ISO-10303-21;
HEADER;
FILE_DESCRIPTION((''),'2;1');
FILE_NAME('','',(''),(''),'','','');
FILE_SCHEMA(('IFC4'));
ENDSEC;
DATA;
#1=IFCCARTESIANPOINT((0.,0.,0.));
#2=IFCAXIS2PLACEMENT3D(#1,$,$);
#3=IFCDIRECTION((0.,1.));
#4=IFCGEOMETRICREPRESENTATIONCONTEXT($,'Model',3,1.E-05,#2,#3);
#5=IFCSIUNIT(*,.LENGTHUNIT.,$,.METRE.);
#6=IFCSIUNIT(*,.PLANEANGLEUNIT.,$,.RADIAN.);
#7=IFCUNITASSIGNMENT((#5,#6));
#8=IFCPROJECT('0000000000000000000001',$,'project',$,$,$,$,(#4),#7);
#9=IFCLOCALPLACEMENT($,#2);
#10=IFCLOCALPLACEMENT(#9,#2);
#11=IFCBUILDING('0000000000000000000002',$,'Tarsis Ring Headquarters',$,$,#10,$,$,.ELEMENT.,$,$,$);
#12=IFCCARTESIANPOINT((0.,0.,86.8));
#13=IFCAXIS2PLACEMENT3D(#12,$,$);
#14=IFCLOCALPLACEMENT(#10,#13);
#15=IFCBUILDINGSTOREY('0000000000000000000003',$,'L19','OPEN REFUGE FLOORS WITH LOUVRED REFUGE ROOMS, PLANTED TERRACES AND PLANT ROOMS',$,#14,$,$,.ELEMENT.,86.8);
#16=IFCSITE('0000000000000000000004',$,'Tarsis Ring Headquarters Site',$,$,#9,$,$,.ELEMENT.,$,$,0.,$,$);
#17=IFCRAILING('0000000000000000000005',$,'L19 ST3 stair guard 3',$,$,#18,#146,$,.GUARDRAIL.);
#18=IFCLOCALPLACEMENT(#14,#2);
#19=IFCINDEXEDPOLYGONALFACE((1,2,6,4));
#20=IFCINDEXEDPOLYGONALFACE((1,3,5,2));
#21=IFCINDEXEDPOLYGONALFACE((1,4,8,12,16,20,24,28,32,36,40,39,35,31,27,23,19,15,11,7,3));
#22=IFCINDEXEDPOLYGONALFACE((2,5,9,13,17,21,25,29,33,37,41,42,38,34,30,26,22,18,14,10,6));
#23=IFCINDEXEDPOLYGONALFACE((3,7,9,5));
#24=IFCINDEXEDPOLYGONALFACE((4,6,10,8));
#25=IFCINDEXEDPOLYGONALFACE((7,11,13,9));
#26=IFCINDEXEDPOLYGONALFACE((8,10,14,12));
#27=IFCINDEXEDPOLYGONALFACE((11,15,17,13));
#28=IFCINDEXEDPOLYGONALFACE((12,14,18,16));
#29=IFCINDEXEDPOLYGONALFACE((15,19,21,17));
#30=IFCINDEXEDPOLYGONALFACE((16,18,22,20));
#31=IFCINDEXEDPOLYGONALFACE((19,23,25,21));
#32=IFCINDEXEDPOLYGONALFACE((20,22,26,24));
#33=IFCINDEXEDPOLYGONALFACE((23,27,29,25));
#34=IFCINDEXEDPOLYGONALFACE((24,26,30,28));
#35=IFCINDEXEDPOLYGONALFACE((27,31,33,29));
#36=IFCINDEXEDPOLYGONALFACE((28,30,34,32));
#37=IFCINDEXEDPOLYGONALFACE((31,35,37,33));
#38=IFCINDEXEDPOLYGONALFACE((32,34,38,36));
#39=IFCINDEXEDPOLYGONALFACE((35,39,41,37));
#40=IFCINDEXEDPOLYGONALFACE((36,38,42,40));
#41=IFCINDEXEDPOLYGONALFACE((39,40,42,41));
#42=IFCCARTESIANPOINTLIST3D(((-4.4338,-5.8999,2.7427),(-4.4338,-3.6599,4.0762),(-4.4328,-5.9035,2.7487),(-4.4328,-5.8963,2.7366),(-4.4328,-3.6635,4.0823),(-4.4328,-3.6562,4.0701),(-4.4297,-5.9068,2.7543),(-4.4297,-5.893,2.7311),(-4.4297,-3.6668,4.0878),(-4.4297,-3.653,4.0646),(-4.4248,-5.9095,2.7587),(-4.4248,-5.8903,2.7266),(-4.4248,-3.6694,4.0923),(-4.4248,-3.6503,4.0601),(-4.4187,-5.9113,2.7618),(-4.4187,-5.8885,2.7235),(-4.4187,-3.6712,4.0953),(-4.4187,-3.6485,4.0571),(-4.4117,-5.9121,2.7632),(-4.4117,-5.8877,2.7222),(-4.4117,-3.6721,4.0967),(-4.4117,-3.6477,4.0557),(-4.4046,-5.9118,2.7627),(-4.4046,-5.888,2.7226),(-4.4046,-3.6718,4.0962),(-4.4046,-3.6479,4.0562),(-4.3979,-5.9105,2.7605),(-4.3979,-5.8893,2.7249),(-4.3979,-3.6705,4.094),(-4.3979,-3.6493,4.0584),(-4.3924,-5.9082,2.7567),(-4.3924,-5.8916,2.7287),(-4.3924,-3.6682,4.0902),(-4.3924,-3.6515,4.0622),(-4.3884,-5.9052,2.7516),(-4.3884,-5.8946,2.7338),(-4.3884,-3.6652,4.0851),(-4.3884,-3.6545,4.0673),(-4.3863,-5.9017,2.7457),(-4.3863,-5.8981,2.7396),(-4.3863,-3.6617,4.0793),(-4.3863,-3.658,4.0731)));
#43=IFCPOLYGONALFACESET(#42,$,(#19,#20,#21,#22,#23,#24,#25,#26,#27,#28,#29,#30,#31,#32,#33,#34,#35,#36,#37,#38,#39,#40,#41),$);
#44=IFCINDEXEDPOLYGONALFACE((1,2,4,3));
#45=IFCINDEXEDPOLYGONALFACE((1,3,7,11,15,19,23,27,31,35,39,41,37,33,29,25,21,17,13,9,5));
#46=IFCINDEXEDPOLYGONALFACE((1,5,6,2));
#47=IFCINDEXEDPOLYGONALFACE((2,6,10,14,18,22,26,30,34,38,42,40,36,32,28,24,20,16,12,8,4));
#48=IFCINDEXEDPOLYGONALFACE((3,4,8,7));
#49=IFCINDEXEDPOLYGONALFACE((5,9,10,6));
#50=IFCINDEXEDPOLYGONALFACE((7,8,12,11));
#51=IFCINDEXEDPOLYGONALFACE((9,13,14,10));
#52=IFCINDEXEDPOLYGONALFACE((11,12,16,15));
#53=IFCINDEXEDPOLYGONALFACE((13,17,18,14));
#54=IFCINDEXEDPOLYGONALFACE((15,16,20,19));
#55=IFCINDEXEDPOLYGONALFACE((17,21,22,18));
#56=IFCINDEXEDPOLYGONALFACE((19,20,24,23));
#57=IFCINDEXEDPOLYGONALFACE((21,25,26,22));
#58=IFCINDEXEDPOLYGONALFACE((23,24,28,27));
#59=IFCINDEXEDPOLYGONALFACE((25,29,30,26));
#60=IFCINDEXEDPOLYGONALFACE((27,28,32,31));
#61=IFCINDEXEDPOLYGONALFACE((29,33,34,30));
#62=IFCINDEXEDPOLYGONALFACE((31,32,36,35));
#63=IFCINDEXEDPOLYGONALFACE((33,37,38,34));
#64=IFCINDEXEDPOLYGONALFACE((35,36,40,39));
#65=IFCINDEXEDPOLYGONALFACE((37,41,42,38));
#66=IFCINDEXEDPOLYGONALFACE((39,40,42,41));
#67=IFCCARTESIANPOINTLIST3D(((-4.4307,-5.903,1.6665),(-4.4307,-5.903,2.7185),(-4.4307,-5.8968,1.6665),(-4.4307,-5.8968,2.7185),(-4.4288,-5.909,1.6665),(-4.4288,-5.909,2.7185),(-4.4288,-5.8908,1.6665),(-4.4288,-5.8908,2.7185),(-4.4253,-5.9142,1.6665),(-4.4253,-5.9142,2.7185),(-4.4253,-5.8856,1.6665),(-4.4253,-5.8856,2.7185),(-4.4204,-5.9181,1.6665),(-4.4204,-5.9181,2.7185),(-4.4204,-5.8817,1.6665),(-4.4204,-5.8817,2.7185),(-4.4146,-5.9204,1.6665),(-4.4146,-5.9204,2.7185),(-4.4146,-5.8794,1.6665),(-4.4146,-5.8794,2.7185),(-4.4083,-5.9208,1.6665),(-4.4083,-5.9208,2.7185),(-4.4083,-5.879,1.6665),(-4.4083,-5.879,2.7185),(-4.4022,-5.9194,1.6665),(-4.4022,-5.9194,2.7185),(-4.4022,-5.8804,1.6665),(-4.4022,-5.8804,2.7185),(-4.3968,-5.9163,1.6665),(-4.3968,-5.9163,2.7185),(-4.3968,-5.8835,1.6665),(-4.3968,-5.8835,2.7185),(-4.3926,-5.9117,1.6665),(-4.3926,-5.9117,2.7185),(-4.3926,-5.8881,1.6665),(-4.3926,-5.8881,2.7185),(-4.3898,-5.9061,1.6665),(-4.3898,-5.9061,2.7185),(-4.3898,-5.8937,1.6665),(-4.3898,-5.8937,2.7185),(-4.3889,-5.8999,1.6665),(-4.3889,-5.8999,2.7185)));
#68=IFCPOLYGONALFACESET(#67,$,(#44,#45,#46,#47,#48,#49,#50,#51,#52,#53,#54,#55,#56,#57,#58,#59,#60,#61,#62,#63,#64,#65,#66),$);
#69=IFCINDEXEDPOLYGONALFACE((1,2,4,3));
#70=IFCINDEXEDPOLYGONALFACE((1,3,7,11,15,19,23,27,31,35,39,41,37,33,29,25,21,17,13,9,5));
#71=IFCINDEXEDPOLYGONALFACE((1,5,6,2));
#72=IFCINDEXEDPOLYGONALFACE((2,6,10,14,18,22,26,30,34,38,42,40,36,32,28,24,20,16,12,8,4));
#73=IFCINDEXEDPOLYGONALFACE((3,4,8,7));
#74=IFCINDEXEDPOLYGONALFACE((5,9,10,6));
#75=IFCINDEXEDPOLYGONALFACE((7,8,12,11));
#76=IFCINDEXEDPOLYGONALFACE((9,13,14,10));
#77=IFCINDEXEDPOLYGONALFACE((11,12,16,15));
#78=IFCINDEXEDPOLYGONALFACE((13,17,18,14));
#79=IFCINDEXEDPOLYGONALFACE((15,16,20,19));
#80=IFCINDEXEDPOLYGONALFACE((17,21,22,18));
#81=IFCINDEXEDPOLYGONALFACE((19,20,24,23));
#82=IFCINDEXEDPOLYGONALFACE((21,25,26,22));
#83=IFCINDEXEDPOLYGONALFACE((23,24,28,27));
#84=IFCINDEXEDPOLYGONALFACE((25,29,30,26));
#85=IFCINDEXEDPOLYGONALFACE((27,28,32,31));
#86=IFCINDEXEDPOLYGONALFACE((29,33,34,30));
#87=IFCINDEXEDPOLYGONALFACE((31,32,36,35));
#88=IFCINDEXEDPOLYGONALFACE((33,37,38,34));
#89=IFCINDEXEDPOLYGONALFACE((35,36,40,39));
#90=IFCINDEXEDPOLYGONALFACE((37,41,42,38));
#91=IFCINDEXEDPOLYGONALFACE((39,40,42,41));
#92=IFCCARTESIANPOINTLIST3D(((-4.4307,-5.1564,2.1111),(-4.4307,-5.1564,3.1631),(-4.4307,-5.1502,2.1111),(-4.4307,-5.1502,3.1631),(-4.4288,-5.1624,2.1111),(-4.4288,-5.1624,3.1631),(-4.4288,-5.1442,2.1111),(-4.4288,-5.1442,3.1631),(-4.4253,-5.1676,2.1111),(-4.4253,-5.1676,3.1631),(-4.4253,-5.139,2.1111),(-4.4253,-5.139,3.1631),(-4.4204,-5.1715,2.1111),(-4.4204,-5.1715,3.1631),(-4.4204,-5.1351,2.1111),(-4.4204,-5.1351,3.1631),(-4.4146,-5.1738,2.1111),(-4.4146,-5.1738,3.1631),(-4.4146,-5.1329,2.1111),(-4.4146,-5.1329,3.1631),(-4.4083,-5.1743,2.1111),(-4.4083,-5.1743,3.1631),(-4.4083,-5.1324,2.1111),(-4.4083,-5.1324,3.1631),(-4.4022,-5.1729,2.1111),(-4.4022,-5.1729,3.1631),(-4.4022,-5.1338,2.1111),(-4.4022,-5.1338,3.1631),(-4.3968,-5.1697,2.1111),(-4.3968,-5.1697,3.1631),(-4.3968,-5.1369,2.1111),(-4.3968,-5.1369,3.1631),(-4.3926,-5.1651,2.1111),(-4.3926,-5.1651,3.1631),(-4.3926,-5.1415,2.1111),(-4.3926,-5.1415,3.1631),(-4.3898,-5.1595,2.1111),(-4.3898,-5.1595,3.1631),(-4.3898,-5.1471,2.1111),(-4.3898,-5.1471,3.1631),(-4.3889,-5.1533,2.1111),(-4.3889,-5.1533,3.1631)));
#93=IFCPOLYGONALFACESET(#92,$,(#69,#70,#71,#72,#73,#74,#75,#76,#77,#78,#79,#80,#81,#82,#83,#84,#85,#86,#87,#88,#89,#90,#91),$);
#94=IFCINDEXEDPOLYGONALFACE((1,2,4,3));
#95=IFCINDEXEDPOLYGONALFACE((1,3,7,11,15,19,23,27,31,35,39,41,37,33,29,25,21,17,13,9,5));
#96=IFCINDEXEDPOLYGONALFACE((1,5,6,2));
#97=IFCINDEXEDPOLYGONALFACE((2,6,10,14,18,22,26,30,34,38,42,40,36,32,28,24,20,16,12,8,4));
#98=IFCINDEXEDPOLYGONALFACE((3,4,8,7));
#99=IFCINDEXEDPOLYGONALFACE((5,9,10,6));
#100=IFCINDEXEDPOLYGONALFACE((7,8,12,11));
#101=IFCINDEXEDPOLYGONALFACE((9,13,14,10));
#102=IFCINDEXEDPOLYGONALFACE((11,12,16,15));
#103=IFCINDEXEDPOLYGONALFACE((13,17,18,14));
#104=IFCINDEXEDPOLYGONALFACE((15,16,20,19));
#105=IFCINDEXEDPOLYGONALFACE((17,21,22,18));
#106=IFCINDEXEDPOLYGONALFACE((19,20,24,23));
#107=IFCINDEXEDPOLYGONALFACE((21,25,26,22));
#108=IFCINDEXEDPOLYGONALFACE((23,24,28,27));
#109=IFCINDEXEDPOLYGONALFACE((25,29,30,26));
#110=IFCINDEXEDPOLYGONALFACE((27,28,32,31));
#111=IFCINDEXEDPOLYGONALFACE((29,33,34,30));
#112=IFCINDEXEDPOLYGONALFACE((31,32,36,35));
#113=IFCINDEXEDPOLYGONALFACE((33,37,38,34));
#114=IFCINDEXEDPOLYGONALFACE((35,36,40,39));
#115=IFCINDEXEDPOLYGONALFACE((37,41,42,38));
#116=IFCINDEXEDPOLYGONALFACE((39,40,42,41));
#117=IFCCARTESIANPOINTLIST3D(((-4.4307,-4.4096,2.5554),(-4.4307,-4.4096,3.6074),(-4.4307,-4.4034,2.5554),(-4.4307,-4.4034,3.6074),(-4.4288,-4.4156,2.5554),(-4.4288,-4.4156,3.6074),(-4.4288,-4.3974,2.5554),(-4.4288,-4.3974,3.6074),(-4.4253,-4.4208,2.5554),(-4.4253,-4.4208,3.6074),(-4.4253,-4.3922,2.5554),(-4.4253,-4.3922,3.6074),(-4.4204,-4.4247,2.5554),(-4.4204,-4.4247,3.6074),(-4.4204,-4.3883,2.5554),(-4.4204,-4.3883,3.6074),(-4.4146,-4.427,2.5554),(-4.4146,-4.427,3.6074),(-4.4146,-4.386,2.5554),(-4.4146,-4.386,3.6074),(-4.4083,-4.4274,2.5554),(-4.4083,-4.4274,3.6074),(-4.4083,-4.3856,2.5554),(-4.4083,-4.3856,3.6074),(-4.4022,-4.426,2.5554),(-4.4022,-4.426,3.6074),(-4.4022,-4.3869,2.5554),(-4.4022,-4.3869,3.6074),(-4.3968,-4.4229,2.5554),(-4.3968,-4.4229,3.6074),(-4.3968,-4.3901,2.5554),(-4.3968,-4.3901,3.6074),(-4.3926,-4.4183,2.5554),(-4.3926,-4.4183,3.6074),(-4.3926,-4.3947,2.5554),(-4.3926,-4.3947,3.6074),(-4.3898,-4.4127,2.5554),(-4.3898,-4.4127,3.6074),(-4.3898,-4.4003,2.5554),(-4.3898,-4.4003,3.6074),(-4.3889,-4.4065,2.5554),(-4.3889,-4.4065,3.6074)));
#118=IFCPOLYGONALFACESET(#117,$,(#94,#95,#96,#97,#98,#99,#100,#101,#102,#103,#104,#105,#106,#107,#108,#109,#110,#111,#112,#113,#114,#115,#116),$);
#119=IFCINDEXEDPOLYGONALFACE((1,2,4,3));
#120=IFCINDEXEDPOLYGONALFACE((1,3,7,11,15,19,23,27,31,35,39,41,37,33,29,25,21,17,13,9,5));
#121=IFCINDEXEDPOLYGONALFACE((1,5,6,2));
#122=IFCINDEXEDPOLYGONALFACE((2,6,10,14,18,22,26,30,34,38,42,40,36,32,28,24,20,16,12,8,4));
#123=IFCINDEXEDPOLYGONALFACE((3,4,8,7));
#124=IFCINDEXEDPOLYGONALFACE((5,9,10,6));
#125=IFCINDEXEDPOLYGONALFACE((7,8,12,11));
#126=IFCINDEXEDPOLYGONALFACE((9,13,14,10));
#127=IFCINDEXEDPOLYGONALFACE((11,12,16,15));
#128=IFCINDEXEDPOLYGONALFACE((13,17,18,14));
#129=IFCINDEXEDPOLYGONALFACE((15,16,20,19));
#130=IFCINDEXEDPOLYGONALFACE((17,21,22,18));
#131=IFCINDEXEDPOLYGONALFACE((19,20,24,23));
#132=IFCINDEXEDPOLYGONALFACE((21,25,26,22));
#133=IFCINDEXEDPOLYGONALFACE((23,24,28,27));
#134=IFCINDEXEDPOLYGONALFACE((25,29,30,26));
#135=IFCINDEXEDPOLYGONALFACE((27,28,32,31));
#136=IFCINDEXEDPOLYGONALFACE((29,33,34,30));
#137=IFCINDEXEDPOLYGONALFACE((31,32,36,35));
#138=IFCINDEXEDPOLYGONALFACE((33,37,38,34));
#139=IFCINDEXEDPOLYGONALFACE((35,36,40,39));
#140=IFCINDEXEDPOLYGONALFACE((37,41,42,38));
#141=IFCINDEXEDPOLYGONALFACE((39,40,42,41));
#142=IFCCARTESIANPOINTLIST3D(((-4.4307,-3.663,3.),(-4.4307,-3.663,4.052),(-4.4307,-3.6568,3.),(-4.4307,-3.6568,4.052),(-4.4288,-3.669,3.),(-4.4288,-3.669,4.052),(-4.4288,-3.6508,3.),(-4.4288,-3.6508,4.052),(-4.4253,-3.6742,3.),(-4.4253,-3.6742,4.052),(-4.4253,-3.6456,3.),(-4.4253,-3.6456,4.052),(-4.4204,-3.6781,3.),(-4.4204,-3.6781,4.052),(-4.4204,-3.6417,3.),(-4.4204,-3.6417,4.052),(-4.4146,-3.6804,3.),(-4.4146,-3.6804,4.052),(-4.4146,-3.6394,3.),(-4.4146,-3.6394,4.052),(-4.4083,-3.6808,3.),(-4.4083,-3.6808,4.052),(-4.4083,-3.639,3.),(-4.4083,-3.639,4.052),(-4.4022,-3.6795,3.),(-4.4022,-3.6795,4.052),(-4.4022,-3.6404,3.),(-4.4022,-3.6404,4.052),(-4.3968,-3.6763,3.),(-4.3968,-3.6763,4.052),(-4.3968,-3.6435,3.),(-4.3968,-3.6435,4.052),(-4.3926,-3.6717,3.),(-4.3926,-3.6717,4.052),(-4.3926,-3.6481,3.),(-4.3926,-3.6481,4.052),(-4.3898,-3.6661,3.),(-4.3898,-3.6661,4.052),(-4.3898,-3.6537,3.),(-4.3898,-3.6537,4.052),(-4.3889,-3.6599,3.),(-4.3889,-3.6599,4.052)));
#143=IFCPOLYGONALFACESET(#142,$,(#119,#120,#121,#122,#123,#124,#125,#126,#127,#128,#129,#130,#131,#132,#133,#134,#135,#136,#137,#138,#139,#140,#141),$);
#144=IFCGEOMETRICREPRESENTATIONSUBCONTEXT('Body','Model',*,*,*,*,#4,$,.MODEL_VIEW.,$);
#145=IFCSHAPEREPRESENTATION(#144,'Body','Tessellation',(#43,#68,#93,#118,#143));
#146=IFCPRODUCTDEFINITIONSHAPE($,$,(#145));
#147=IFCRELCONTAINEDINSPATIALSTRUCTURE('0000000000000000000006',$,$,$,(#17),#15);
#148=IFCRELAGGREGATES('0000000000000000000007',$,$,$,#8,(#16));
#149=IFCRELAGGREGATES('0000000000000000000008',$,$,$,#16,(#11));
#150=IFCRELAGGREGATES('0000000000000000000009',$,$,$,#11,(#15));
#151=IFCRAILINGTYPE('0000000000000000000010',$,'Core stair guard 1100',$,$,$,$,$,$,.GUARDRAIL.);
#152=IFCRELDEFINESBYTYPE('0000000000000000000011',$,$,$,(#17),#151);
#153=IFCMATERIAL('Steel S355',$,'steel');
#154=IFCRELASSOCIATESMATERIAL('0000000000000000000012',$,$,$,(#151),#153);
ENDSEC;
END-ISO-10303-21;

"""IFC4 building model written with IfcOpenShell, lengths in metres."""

from ifc_helpers import new_model, si_unit, direction, frame, origin, origin_2d, place, context, subcontext, project, spatial, circle, extrude, material, type_object, element, save


model = new_model("IFC4")

# Units and contexts
model_context = context("Model", 3, precision=1e-05, world=origin(), true_north=direction((0.0, 1.0)))
body_context = subcontext(model_context, "Body", "Model", "MODEL_VIEW")
ifc_project = project(units=[si_unit("LENGTHUNIT", "METRE"), si_unit("PLANEANGLEUNIT", "RADIAN")], contexts=[model_context])

# Site, building, storey
site_placement = place(None, origin())
site = spatial("IfcSite", under=ifc_project, at=site_placement, Name="Tarsis Ring Headquarters Site", CompositionType="ELEMENT", RefElevation=0.0)
building_placement = place(site_placement, origin())
building = spatial("IfcBuilding", under=site, at=building_placement, Name="Tarsis Ring Headquarters", CompositionType="ELEMENT")
storey_placement = place(building_placement, frame((0.0, 0.0, 86.8)))
storey = spatial("IfcBuildingStorey", under=building, at=storey_placement, Name="L19", Description="OPEN REFUGE FLOORS WITH LOUVRED REFUGE ROOMS, PLANTED TERRACES AND PLANT ROOMS", CompositionType="ELEMENT", Elevation=86.8)

# Railing
ifc_material_1 = material(Name="Steel S355", Category="steel")
railing_type_1 = type_object("IfcRailingType", Name="Core stair guard 1100", PredefinedType="GUARDRAIL", material=ifc_material_1)
railing_1_placement = place(storey_placement, frame((-4.4099, -5.8999, 1.6665)))
element("IfcRailing", 1, at=railing_1_placement, inside=storey, type_object=railing_type_1, Name="L19 ST3 stair guard 3", PredefinedType="GUARDRAIL", context=body_context, shape_type="SweptSolid", body=[
    extrude(circle(Radius=0.0239, at=origin_2d()), frame((0.0, 0.0, 1.0762), z_axis=(0.0, 0.859264, 0.511532), x_axis=(-1.0, 0.0, 0.0)), (0.0, 0.0, 1.0), 2.6069),
    extrude(circle(Radius=0.021, at=origin_2d()), origin(), (0.0, 0.0, 1.0), 1.052),
    extrude(circle(Radius=0.021, at=origin_2d()), frame((0.0, 0.7466, 0.4446)), (0.0, 0.0, 1.0), 1.052),
    extrude(circle(Radius=0.021, at=origin_2d()), frame((0.0, 1.4934, 0.8889)), (0.0, 0.0, 1.0), 1.052),
    extrude(circle(Radius=0.021, at=origin_2d()), frame((0.0, 2.24, 1.3335)), (0.0, 0.0, 1.0), 1.052),
])

save(model, "model.ifc")
